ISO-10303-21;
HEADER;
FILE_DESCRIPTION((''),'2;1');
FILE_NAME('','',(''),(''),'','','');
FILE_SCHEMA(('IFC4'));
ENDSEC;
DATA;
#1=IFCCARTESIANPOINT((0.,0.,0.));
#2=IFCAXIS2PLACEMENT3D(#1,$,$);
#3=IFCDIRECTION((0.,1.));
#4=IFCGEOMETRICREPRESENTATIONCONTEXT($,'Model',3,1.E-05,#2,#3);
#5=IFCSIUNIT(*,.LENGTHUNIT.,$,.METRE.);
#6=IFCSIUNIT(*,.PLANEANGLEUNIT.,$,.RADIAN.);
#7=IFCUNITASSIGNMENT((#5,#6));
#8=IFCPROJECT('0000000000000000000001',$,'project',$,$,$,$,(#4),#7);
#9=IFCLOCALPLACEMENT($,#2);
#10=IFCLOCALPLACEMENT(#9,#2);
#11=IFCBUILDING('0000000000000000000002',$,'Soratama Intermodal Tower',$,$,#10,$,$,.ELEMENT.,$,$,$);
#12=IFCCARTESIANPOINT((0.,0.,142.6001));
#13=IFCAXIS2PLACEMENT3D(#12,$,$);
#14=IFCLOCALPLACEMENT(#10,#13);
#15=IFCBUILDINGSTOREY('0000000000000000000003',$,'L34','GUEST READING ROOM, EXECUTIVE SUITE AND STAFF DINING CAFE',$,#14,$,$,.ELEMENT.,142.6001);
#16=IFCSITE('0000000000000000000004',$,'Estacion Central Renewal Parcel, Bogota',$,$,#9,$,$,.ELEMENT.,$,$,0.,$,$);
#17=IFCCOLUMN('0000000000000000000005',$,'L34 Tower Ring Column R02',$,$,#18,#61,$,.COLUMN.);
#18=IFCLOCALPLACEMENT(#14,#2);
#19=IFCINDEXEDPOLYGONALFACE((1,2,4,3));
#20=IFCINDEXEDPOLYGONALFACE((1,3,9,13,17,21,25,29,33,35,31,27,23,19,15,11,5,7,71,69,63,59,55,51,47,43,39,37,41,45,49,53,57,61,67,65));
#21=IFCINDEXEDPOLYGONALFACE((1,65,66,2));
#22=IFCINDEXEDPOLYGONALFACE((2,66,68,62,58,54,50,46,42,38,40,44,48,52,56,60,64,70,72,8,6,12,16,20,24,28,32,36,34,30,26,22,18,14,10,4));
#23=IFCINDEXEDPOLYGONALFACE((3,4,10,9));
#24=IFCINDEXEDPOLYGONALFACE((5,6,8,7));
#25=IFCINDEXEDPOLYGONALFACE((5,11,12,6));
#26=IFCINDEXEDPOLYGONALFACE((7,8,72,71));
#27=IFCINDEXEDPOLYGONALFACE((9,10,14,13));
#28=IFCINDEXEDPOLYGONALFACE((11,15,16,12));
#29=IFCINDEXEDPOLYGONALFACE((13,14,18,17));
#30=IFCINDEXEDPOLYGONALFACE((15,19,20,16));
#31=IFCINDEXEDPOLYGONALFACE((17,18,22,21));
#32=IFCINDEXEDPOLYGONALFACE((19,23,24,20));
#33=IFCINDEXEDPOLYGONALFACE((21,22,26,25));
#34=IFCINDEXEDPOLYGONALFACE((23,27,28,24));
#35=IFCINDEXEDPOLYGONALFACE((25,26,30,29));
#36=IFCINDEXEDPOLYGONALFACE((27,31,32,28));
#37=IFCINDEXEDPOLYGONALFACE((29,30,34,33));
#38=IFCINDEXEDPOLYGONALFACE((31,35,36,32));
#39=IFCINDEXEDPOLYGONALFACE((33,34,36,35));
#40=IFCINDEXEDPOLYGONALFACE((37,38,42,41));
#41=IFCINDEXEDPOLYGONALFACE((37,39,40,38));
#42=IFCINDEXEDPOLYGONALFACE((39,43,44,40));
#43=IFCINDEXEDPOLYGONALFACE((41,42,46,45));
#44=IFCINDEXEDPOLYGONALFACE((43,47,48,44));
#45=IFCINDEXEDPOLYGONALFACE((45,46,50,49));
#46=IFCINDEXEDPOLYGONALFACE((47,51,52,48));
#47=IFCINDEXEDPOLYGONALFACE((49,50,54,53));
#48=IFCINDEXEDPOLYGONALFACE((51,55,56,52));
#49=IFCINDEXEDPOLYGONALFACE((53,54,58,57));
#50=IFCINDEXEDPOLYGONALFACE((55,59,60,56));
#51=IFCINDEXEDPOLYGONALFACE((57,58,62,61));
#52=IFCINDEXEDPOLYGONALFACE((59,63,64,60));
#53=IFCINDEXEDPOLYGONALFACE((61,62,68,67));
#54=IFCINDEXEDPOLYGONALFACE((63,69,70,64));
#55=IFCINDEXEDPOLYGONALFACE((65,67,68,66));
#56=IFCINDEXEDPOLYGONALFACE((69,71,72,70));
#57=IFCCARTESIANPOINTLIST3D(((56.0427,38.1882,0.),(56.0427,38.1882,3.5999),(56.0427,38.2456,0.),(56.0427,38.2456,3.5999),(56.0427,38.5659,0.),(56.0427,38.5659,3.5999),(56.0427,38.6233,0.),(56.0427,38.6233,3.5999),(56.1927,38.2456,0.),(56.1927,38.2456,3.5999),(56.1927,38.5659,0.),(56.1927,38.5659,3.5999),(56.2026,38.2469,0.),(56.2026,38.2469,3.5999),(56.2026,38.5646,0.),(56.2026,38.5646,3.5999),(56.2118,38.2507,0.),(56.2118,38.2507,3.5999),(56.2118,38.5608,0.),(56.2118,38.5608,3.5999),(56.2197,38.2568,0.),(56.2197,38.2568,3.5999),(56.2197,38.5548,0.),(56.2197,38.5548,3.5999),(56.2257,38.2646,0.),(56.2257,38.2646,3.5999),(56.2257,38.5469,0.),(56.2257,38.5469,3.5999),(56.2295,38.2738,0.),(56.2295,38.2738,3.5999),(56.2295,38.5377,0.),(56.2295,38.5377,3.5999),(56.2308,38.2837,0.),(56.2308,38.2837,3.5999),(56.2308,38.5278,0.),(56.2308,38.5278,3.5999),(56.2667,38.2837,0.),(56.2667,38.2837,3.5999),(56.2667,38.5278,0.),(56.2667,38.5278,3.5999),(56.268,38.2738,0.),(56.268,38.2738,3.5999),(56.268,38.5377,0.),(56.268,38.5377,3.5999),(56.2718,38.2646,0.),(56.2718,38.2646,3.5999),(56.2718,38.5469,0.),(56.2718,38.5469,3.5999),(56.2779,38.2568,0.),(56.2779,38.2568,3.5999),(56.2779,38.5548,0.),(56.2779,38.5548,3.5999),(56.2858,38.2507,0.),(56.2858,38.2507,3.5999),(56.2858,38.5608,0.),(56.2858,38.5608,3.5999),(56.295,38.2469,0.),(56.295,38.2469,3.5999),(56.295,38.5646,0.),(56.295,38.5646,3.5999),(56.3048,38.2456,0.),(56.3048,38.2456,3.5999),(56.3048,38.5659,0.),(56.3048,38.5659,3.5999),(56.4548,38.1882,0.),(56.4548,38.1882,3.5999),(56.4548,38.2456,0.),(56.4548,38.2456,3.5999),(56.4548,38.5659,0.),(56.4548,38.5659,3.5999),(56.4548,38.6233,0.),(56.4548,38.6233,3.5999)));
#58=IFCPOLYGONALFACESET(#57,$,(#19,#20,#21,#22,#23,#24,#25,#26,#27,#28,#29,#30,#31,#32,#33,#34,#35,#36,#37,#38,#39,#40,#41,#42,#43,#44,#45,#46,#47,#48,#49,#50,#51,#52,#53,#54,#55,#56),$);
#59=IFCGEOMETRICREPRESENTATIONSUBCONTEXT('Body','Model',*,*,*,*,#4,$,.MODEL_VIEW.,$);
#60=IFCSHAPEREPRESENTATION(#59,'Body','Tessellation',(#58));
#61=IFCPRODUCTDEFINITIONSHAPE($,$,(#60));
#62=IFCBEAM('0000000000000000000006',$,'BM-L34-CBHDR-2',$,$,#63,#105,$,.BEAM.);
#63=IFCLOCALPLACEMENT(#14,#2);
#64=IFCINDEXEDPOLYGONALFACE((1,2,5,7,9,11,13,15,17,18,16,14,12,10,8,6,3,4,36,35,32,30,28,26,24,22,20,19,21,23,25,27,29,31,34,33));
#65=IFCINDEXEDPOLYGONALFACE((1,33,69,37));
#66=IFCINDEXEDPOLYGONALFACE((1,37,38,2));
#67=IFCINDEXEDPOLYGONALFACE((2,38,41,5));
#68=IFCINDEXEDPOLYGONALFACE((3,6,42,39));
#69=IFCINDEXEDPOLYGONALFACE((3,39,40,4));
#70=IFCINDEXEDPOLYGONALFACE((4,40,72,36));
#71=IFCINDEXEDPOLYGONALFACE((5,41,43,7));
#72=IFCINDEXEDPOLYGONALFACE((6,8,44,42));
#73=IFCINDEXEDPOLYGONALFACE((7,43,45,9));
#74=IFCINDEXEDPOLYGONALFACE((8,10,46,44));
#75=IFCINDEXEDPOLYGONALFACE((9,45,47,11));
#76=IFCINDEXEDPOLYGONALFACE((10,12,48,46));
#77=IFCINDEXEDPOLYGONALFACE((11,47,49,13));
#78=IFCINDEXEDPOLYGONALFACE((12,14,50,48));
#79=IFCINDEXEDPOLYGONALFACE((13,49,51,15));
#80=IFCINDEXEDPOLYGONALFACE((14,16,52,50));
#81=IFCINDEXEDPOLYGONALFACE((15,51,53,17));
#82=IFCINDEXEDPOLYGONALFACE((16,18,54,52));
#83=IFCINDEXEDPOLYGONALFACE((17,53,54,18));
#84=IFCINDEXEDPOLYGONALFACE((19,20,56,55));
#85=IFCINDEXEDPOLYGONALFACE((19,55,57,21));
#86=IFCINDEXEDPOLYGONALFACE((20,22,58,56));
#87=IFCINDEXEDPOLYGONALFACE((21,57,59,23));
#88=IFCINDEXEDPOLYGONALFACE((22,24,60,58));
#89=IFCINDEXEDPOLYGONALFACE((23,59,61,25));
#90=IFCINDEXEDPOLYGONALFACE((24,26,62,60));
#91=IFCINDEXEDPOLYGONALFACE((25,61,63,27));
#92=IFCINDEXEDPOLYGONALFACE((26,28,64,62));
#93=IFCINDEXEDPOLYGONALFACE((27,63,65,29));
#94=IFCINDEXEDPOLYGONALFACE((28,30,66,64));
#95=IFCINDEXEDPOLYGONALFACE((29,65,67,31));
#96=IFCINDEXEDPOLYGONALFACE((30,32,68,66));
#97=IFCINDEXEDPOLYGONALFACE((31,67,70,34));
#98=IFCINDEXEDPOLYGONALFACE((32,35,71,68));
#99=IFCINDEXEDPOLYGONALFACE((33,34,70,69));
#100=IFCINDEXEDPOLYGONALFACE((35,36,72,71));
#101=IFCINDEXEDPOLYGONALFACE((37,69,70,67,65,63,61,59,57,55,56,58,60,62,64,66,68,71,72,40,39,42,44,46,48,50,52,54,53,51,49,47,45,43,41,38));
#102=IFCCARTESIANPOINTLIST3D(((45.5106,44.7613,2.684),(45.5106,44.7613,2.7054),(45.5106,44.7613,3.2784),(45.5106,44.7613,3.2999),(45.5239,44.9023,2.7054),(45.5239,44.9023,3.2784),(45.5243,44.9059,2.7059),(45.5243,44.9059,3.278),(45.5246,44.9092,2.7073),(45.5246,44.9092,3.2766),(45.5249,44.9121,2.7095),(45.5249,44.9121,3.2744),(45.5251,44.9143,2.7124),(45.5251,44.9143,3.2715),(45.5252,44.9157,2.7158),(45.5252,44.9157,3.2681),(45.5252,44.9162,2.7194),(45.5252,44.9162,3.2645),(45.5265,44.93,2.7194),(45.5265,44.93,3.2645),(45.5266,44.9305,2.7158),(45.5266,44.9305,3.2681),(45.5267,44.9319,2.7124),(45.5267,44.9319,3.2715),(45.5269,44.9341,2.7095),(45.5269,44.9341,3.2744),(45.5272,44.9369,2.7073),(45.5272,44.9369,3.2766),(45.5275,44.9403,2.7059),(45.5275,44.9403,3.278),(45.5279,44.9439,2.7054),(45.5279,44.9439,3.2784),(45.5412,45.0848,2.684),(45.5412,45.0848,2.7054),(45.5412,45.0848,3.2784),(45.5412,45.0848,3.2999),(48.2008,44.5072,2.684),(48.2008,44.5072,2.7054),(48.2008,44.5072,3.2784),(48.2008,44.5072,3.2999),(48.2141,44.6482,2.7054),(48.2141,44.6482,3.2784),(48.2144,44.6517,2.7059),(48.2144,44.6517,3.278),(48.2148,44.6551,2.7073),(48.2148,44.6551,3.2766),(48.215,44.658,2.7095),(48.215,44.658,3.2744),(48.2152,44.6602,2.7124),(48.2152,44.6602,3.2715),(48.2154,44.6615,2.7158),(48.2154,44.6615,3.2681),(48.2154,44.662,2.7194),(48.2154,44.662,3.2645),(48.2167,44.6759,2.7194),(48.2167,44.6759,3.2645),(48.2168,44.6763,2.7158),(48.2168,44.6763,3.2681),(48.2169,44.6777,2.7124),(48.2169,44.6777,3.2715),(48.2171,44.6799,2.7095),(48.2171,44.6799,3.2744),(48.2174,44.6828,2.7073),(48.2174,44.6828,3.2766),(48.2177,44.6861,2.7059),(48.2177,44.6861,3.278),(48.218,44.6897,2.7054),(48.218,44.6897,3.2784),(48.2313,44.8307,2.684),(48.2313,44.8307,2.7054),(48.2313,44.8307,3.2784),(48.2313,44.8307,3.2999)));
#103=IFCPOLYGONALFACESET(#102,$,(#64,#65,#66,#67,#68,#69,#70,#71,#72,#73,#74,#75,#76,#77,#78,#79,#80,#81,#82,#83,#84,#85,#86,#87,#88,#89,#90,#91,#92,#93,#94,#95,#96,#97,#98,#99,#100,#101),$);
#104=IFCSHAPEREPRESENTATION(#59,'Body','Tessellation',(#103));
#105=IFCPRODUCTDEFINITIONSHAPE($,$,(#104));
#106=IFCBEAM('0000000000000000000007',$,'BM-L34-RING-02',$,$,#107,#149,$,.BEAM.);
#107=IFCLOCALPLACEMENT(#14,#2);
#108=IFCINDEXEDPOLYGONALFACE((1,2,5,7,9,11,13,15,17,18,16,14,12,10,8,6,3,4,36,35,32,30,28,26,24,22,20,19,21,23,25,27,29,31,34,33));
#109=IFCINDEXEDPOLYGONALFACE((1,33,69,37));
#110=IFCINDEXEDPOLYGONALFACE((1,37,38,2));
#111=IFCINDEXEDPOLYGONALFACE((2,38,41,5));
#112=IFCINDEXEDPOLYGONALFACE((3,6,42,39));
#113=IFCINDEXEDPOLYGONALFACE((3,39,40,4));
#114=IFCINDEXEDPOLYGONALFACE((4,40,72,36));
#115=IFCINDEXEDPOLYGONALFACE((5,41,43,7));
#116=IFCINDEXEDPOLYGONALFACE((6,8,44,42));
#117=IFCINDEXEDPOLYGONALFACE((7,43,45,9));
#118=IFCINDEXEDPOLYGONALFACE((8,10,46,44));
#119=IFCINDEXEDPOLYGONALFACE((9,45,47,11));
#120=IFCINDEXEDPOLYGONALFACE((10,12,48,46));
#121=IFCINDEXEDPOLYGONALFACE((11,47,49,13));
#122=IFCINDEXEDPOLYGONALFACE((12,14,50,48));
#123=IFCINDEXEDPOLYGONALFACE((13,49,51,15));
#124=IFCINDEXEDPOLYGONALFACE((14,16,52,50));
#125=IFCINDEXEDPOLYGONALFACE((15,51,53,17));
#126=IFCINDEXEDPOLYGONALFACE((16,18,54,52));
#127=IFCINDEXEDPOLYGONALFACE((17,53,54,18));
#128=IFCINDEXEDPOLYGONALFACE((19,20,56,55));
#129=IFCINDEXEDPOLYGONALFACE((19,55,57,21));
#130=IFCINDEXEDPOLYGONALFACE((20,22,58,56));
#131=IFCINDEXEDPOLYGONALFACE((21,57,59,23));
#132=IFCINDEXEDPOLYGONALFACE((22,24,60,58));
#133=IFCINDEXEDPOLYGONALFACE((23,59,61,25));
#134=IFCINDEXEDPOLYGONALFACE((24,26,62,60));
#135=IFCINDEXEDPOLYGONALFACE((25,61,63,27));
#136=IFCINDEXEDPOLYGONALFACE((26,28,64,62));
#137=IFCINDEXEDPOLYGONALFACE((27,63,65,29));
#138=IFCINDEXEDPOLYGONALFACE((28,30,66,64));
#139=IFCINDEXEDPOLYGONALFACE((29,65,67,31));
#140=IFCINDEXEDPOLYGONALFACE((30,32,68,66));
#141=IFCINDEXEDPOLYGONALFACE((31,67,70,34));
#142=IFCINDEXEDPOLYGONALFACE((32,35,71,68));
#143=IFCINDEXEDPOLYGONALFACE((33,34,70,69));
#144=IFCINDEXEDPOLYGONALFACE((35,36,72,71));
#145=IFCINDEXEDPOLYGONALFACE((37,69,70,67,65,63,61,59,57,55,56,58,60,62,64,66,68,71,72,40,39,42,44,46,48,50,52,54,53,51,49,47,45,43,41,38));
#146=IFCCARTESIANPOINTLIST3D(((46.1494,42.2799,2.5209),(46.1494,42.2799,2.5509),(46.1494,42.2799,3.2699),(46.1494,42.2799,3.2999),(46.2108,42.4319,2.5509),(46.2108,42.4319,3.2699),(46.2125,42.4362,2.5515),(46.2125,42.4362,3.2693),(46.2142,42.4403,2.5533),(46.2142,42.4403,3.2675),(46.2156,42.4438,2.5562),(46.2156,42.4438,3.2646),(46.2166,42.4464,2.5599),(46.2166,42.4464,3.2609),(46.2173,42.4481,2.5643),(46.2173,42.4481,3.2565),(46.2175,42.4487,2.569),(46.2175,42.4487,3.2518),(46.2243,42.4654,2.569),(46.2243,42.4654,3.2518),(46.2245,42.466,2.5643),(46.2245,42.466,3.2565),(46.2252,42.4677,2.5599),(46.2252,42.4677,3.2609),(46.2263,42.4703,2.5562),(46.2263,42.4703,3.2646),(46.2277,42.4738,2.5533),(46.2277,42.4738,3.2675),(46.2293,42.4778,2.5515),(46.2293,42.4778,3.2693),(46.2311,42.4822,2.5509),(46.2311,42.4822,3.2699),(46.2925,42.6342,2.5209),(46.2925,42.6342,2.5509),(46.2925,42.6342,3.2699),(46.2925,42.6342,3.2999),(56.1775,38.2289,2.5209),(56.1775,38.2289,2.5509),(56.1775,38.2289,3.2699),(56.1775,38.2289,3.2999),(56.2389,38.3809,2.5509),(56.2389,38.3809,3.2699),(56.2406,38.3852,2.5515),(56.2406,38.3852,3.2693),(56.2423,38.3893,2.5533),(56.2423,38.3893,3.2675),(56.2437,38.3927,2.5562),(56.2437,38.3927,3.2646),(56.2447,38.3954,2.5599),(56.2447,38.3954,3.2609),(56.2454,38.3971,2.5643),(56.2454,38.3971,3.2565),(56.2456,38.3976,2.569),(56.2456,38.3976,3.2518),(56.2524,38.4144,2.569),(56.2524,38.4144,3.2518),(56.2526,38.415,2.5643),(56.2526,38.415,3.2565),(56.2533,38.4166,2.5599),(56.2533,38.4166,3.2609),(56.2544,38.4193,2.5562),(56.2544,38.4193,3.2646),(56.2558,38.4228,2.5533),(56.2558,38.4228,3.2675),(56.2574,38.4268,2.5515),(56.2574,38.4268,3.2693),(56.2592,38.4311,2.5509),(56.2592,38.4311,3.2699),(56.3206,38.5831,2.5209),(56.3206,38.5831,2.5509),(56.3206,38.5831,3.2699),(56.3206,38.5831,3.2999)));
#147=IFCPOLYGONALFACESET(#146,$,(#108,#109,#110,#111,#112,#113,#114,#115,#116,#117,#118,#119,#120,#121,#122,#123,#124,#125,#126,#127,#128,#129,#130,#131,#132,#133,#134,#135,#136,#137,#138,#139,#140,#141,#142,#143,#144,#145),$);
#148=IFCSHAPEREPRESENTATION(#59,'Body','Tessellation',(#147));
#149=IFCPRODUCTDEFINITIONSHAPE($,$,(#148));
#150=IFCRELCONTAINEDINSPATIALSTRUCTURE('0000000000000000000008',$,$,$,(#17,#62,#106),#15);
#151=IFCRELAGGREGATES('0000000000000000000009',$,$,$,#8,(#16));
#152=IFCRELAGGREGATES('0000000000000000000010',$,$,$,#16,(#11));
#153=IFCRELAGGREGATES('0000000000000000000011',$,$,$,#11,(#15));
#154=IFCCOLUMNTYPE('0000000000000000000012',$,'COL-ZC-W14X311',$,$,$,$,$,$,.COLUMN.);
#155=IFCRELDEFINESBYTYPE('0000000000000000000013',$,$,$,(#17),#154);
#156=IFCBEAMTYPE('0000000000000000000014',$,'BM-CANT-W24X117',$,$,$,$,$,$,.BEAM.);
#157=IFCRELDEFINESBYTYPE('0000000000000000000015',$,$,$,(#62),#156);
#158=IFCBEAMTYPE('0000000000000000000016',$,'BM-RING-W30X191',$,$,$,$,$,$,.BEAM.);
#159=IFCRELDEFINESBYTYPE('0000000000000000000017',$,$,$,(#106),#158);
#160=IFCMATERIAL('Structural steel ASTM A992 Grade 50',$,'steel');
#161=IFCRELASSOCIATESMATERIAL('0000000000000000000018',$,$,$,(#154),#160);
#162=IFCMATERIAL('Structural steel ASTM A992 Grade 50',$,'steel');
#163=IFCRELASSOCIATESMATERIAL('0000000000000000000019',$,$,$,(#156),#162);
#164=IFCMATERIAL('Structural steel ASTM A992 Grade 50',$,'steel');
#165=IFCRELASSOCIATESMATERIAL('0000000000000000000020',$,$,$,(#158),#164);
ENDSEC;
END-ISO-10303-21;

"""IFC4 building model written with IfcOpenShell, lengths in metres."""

from ifc_helpers import new_model, si_unit, direction, frame, origin, origin_2d, place, context, subcontext, project, spatial, i_section, extrude, material, material_profile, profile_set, type_object, element, save


model = new_model("IFC4")

# Units and contexts
model_context = context("Model", 3, precision=1e-05, world=origin(), true_north=direction((0.0, 1.0)))
body_context = subcontext(model_context, "Body", "Model", "MODEL_VIEW")
ifc_project = project(units=[si_unit("LENGTHUNIT", "METRE"), si_unit("PLANEANGLEUNIT", "RADIAN")], contexts=[model_context])

# Site, building, storey
site_placement = place(None, origin())
site = spatial("IfcSite", under=ifc_project, at=site_placement, Name="Estacion Central Renewal Parcel, Bogota", CompositionType="ELEMENT", RefElevation=0.0)
building_placement = place(site_placement, origin())
building = spatial("IfcBuilding", under=site, at=building_placement, Name="Soratama Intermodal Tower", CompositionType="ELEMENT")
storey_placement = place(building_placement, frame((0.0, 0.0, 142.6001)))
storey = spatial("IfcBuildingStorey", under=building, at=storey_placement, Name="L34", Description="GUEST READING ROOM, EXECUTIVE SUITE AND STAFF DINING CAFE", CompositionType="ELEMENT", Elevation=142.6001)

# Column
ifc_material_1 = material(Name="Structural steel ASTM A992 Grade 50", Category="steel")
ifc_material_profile_1 = material_profile(ifc_material_1, i_section(OverallWidth=0.4121, OverallDepth=0.4351, WebThickness=0.0359, FlangeThickness=0.0574, FilletRadius=0.0381, at=origin_2d()), Name="W14X311")
ifc_profile_set_1 = profile_set([ifc_material_profile_1], Name="Structural steel ASTM A992 Grade 50")
column_type = type_object("IfcColumnType", Name="COL-ZC-W14X311", PredefinedType="COLUMN", material=ifc_profile_set_1)
column_placement = place(storey_placement, frame((56.2488, 38.4058, 0.0), z_axis=(0.0, 0.0, 1.0), x_axis=(1.0, 0.0, 0.0)))
element("IfcColumn", 1, at=column_placement, inside=storey, type_object=column_type, Name="L34 Tower Ring Column R02", PredefinedType="COLUMN", context=body_context, shape_type="SweptSolid", body=[
    extrude(i_section(OverallWidth=0.4121, OverallDepth=0.4351, WebThickness=0.0359, FlangeThickness=0.0574, FilletRadius=0.0381, at=origin_2d()), origin(), (0.0, 0.0, 1.0), 3.5999),
])

# Beams
ifc_material_2 = material(Name="Structural steel ASTM A992 Grade 50", Category="steel")
ifc_material_profile_2 = material_profile(ifc_material_2, i_section(OverallWidth=0.325, OverallDepth=0.616, WebThickness=0.0139, FlangeThickness=0.0215, FilletRadius=0.0139, at=origin_2d()), Name="W24X117")
ifc_profile_set_2 = profile_set([ifc_material_profile_2], Name="Structural steel ASTM A992 Grade 50")
beam_type_1 = type_object("IfcBeamType", Name="BM-CANT-W24X117", PredefinedType="BEAM", material=ifc_profile_set_2)
beam_1_placement = place(storey_placement, frame((48.2161, 44.6689, 2.9919), z_axis=(-0.995567, 0.094054, 0.0), x_axis=(-0.094054, -0.995567, 0.0)))
element("IfcBeam", 2, at=beam_1_placement, inside=storey, type_object=beam_type_1, Name="BM-L34-CBHDR-2", PredefinedType="BEAM", context=body_context, shape_type="SweptSolid", body=[
    extrude(i_section(OverallWidth=0.325, OverallDepth=0.616, WebThickness=0.0139, FlangeThickness=0.0215, FilletRadius=0.0139, at=origin_2d()), origin(), (0.0, 0.0, 1.0), 2.7021),
])
ifc_material_3 = material(Name="Structural steel ASTM A992 Grade 50", Category="steel")
ifc_material_profile_3 = material_profile(ifc_material_3, i_section(OverallWidth=0.3821, OverallDepth=0.7791, WebThickness=0.0181, FlangeThickness=0.03, FilletRadius=0.0181, at=origin_2d()), Name="W30X191")
ifc_profile_set_3 = profile_set([ifc_material_profile_3], Name="Structural steel ASTM A992 Grade 50")
beam_type_2 = type_object("IfcBeamType", Name="BM-RING-W30X191", PredefinedType="BEAM", material=ifc_profile_set_3)
beam_2_placement = place(storey_placement, frame((56.249, 38.406, 2.9104), z_axis=(-0.927202, 0.37456, 0.0), x_axis=(-0.37456, -0.927202, 0.0)))
element("IfcBeam", 3, at=beam_2_placement, inside=storey, type_object=beam_type_2, Name="BM-L34-RING-02", PredefinedType="BEAM", context=body_context, shape_type="SweptSolid", body=[
    extrude(i_section(OverallWidth=0.3821, OverallDepth=0.7791, WebThickness=0.0181, FlangeThickness=0.03, FilletRadius=0.0181, at=origin_2d()), origin(), (0.0, 0.0, 1.0), 10.8154),
])

save(model, "model.ifc")
